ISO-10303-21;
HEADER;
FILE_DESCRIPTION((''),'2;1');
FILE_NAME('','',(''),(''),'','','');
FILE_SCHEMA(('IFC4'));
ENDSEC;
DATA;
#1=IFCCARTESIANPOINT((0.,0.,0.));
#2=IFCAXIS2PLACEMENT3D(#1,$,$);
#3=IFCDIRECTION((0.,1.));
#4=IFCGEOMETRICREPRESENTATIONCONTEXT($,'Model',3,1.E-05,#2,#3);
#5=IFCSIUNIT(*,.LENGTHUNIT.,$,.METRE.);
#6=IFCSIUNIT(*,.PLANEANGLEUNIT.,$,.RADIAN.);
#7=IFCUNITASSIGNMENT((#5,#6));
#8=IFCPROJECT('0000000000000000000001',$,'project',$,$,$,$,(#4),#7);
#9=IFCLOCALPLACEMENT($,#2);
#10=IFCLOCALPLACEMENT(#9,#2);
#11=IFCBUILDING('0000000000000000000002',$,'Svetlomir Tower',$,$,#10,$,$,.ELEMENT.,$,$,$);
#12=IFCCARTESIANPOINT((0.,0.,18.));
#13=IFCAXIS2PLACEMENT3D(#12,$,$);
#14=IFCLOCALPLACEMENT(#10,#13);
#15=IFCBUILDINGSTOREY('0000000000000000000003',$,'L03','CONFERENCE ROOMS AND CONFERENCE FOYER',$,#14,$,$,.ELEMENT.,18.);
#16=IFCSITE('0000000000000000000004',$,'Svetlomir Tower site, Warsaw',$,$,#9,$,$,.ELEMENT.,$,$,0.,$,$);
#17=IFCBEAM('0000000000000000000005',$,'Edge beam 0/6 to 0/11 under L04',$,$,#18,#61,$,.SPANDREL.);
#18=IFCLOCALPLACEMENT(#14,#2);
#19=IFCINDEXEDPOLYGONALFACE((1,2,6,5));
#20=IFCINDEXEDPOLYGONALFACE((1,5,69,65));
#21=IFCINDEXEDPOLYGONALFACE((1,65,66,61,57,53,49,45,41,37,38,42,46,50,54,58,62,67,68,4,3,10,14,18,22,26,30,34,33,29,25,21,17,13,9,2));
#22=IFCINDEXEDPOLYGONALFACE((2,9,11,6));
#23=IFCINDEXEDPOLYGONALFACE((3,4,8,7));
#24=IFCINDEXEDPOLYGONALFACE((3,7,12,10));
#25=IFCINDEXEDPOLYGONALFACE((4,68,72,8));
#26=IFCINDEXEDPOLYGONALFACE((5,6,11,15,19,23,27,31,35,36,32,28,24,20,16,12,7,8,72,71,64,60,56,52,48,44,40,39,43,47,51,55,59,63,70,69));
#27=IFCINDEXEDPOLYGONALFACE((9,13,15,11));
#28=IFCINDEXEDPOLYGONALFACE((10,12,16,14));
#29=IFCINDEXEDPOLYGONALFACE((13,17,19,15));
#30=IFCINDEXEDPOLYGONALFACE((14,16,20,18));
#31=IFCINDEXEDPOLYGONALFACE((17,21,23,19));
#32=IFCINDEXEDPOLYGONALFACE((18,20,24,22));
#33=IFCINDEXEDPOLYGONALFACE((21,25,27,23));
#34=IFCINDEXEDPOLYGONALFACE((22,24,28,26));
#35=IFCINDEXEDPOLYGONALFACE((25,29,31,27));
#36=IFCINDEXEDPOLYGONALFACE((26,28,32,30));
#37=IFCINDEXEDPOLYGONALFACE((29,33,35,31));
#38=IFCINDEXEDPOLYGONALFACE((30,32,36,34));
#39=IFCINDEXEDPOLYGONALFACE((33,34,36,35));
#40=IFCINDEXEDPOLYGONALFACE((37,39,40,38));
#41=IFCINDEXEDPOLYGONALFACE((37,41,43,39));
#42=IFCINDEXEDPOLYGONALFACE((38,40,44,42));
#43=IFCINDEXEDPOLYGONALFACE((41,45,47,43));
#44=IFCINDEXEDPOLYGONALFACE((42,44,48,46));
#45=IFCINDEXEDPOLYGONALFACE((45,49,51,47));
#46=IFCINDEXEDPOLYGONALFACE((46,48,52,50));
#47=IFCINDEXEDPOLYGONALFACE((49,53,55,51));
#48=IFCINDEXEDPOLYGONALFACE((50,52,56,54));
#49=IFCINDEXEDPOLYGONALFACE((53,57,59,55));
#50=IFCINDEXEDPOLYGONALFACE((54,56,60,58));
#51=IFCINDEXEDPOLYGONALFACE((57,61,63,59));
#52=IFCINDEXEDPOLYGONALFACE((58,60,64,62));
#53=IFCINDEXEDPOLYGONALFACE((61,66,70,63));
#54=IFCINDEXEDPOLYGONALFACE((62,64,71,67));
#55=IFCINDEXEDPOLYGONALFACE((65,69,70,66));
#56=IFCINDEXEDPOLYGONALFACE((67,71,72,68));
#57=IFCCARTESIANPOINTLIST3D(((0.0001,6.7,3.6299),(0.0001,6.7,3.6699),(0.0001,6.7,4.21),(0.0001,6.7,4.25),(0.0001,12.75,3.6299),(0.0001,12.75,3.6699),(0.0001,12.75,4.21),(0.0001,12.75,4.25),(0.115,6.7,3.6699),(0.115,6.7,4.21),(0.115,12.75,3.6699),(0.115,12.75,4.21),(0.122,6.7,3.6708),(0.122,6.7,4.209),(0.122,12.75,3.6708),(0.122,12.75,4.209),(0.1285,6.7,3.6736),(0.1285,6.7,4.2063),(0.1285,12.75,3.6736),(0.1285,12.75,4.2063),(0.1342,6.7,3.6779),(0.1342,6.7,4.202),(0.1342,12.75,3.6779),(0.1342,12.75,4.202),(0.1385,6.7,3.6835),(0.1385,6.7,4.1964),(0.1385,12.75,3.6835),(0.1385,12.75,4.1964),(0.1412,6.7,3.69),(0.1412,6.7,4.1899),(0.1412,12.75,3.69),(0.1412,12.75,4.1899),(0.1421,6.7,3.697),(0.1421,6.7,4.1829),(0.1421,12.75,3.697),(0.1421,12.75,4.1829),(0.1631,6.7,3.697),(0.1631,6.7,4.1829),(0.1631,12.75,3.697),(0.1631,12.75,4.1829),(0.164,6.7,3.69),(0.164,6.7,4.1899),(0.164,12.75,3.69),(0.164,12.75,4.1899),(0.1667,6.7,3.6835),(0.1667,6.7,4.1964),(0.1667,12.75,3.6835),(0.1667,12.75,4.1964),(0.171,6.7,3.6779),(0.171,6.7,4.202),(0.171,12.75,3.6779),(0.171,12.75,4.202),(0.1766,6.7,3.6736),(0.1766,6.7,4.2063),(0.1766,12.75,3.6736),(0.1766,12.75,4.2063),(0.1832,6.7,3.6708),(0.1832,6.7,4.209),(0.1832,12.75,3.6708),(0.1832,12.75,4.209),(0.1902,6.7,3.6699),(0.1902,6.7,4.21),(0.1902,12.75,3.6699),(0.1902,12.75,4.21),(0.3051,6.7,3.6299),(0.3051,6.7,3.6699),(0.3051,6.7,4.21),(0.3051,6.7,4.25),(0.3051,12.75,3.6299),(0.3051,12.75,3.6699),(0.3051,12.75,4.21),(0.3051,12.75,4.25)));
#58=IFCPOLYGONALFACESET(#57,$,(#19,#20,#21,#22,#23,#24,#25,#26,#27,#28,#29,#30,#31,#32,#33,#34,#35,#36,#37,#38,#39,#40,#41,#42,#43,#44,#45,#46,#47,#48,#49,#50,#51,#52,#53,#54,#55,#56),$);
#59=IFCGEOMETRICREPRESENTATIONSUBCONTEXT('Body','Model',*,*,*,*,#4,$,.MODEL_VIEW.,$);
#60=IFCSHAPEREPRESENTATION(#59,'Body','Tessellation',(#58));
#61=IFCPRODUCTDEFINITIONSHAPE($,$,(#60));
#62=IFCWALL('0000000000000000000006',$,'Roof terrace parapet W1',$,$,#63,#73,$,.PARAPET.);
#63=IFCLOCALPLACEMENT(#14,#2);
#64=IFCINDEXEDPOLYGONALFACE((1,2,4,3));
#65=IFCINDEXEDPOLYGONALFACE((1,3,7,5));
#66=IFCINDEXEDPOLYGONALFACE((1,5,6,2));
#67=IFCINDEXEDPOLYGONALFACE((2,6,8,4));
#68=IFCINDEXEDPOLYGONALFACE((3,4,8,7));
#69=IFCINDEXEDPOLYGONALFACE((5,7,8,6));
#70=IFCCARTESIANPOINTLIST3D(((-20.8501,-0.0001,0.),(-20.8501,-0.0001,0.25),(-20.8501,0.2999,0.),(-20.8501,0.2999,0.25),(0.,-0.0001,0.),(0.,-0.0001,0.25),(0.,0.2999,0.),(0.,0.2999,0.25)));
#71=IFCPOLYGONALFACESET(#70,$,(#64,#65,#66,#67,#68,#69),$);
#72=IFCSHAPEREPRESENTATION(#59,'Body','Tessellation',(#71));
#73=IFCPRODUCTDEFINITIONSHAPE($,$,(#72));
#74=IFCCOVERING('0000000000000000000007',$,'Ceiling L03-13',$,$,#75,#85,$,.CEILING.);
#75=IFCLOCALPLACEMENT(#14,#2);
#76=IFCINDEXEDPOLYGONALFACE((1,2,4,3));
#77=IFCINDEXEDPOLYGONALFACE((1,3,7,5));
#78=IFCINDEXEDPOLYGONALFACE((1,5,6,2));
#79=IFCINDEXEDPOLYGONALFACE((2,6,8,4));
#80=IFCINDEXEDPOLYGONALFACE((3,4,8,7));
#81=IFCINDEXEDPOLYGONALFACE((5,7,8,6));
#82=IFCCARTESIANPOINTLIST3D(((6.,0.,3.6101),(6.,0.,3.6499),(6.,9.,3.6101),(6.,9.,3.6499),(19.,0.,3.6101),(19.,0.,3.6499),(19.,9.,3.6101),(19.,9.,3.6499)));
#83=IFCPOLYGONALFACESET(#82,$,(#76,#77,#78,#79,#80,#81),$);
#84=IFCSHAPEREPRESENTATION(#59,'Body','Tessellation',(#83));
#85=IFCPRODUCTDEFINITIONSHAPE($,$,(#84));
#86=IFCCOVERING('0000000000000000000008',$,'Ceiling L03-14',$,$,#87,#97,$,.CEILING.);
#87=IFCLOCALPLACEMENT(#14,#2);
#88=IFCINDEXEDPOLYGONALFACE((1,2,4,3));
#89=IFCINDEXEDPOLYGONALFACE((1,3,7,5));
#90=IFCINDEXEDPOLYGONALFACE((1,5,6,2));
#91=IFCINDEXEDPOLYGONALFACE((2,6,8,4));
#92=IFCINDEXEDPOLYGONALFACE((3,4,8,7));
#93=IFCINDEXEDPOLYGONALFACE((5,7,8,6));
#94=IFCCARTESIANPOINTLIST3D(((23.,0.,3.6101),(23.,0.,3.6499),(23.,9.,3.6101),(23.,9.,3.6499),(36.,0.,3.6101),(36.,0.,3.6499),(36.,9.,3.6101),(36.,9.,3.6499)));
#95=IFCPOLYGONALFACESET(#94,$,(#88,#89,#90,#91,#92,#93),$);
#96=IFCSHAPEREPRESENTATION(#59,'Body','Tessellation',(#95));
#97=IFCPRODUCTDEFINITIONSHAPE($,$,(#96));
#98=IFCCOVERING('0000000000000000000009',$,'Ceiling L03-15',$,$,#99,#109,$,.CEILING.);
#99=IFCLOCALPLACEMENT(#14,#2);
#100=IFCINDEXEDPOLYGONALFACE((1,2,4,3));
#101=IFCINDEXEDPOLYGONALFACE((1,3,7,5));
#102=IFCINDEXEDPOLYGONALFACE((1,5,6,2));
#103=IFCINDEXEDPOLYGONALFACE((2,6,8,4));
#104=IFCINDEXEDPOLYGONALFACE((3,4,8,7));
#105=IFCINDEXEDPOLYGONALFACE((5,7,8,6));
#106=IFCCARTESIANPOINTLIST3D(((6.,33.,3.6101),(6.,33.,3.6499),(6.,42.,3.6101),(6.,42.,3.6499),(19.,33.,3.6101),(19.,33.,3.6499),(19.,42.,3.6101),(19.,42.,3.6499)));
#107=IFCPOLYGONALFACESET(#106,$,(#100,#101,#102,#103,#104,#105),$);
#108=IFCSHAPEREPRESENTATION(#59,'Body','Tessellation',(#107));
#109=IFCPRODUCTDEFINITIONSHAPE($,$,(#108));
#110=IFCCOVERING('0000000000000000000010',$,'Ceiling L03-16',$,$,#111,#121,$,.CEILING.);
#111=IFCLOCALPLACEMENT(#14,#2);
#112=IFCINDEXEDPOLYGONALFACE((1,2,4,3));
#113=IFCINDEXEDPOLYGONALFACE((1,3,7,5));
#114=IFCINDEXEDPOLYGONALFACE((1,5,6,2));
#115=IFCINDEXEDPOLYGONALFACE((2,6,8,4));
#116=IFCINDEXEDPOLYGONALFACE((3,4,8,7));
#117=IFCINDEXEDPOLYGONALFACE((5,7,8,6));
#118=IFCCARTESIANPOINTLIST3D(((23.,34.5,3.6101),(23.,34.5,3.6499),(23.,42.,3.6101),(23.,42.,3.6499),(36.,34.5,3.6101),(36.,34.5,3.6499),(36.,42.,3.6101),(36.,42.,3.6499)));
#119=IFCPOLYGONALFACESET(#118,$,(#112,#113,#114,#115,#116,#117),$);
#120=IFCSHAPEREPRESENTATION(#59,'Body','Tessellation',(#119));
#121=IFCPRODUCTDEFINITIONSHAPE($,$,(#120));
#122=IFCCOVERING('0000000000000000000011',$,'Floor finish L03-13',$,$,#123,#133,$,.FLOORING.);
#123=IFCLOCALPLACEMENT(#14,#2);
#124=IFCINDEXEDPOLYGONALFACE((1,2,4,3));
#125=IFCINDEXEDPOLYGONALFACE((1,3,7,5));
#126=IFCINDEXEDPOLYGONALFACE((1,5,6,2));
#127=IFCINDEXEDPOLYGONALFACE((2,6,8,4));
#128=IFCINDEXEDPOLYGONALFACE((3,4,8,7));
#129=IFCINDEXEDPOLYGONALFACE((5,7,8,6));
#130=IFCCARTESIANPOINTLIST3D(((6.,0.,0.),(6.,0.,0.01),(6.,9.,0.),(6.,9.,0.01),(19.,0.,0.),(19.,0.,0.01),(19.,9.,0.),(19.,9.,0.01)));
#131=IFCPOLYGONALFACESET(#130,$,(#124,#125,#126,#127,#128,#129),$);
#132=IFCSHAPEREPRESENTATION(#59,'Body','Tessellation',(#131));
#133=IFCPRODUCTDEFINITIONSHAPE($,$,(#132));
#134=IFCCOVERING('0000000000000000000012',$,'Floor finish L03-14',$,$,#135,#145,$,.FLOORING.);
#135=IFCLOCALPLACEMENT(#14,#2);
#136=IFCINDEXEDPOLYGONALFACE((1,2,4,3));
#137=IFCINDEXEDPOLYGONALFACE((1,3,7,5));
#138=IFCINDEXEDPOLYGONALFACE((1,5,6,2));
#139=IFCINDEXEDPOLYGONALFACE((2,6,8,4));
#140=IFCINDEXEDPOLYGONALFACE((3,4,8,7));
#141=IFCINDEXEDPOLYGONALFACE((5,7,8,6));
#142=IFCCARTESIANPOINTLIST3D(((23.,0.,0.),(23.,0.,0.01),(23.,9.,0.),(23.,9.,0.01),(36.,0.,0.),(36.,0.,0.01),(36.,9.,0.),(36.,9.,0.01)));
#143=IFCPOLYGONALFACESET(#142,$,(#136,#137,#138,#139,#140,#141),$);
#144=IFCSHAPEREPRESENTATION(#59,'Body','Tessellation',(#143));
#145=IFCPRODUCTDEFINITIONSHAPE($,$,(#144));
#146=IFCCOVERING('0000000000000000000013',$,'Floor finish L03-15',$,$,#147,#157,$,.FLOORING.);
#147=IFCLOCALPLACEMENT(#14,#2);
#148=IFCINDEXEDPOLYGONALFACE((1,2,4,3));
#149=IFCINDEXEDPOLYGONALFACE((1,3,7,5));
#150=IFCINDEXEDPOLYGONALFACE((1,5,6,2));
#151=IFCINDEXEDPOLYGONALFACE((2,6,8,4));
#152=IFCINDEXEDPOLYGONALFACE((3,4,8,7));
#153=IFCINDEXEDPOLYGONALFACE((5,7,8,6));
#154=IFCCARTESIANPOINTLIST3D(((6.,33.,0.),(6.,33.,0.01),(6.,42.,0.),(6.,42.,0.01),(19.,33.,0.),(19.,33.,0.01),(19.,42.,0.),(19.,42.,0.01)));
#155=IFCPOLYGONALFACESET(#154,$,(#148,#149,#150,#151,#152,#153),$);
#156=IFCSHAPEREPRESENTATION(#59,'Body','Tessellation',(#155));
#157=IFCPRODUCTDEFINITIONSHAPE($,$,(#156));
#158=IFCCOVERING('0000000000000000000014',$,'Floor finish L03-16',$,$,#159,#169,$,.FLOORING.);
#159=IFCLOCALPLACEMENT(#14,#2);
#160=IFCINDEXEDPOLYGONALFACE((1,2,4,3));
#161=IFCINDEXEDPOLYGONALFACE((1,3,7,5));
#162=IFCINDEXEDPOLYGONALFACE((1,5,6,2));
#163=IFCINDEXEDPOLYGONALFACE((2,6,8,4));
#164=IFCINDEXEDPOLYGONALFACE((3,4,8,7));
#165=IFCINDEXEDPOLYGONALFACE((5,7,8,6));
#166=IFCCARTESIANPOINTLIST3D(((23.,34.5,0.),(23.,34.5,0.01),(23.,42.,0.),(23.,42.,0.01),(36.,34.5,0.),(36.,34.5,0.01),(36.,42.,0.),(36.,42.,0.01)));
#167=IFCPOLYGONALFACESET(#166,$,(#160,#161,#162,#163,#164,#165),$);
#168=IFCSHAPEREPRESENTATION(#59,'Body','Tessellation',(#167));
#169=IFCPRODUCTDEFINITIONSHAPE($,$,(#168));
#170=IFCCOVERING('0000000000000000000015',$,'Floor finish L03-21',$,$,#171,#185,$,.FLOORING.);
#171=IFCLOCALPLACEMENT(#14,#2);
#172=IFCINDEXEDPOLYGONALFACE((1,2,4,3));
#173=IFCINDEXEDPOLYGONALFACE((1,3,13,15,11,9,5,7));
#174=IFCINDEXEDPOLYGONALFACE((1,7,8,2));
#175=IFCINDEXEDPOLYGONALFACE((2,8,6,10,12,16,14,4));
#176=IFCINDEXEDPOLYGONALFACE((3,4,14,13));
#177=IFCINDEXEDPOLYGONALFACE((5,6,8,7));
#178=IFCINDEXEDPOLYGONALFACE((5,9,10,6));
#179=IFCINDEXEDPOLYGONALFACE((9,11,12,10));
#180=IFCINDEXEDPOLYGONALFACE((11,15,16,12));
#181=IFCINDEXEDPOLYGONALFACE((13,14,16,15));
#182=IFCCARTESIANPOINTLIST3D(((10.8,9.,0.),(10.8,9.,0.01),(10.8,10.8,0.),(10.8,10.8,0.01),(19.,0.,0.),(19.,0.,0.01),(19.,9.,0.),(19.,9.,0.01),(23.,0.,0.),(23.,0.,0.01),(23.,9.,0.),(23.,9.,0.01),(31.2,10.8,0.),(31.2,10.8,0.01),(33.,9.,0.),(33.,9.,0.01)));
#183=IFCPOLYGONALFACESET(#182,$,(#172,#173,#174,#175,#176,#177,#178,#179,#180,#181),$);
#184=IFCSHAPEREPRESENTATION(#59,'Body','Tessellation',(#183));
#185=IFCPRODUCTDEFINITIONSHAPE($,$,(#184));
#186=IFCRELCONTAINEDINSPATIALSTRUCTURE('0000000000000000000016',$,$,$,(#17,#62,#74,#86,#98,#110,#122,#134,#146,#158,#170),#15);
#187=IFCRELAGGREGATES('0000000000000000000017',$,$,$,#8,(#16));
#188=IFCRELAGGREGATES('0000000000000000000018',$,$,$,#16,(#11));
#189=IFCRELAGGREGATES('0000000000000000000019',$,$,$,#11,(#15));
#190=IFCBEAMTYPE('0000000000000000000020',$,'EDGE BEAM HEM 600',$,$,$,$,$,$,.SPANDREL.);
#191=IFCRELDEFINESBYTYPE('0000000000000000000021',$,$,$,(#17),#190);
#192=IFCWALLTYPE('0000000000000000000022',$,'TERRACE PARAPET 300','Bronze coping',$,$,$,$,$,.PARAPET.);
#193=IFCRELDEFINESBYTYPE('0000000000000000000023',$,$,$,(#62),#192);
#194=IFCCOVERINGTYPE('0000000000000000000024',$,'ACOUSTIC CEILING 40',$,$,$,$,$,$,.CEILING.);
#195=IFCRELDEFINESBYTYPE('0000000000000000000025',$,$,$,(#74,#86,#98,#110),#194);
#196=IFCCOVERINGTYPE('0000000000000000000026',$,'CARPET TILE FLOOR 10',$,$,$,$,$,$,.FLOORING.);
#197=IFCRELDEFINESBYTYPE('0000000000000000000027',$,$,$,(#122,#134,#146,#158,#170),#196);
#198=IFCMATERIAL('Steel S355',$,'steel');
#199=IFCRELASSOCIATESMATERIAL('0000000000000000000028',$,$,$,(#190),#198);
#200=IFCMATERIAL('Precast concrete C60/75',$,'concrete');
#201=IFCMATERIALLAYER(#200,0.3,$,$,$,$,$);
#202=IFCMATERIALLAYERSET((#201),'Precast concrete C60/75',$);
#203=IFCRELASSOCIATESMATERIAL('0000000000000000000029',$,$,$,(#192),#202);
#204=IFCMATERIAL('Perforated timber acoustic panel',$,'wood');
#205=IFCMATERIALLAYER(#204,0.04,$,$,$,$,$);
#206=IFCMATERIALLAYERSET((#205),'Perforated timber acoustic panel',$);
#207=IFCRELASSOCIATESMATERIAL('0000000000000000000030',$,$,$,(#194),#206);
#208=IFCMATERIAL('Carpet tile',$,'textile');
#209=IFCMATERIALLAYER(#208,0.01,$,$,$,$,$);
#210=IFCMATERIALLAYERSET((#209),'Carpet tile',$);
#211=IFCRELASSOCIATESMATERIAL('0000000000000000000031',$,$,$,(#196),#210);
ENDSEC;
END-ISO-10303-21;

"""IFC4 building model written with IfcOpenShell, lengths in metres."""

from ifc_helpers import new_model, si_unit, direction, frame, frame_2d, origin, origin_2d, place, context, subcontext, project, spatial, polyline, rectangle, i_section, outline, extrude, material, layer, layer_set, material_profile, profile_set, type_object, element, save


model = new_model("IFC4")

# Units and contexts
model_context = context("Model", 3, precision=1e-05, world=origin(), true_north=direction((0.0, 1.0)))
body_context = subcontext(model_context, "Body", "Model", "MODEL_VIEW")
ifc_project = project(units=[si_unit("LENGTHUNIT", "METRE"), si_unit("PLANEANGLEUNIT", "RADIAN")], contexts=[model_context])

# Site, building, storey
site_placement = place(None, origin())
site = spatial("IfcSite", under=ifc_project, at=site_placement, Name="Svetlomir Tower site, Warsaw", CompositionType="ELEMENT", RefElevation=0.0)
building_placement = place(site_placement, origin())
building = spatial("IfcBuilding", under=site, at=building_placement, Name="Svetlomir Tower", CompositionType="ELEMENT")
storey_placement = place(building_placement, frame((0.0, 0.0, 18.0)))
storey = spatial("IfcBuildingStorey", under=building, at=storey_placement, Name="L03", Description="CONFERENCE ROOMS AND CONFERENCE FOYER", CompositionType="ELEMENT", Elevation=18.0)

# Beam
ifc_material_1 = material(Name="Steel S355", Category="steel")
ifc_material_profile = material_profile(ifc_material_1, i_section(OverallWidth=0.3049, OverallDepth=0.6201, WebThickness=0.021, FlangeThickness=0.04, FilletRadius=0.0271, at=origin_2d()), Name="HEM 600")
ifc_profile_set = profile_set([ifc_material_profile], Name="Steel S355")
beam_type = type_object("IfcBeamType", Name="EDGE BEAM HEM 600", PredefinedType="SPANDREL", material=ifc_profile_set)
beam_placement = place(storey_placement, frame((0.1526, 6.7, 3.9399), z_axis=(0.0, 1.0, 0.0), x_axis=(-1.0, 0.0, 0.0)))
element("IfcBeam", 1, at=beam_placement, inside=storey, type_object=beam_type, Name="Edge beam 0/6 to 0/11 under L04", PredefinedType="SPANDREL", context=body_context, shape_type="SweptSolid", body=[
    extrude(i_section(OverallWidth=0.3049, OverallDepth=0.6201, WebThickness=0.021, FlangeThickness=0.04, FilletRadius=0.0271, at=origin_2d()), origin(), (0.0, 0.0, 1.0), 6.05),
])

# Wall
ifc_material_2 = material(Name="Precast concrete C60/75", Category="concrete")
ifc_layer_1 = layer(ifc_material_2, 0.3)
ifc_layer_set_1 = layer_set([ifc_layer_1], Name="Precast concrete C60/75")
wall_type = type_object("IfcWallType", Name="TERRACE PARAPET 300", Description="Bronze coping", PredefinedType="PARAPET", material=ifc_layer_set_1)
wall_placement = place(storey_placement, frame((0.0, 0.1499, 0.0), z_axis=(0.0, 0.0, 1.0), x_axis=(-1.0, 0.0, 0.0)))
element("IfcWall", 2, at=wall_placement, inside=storey, type_object=wall_type, Name="Roof terrace parapet W1", PredefinedType="PARAPET", context=body_context, shape_type="SweptSolid", body=[
    extrude(rectangle(XDim=20.8501, YDim=0.3, at=frame_2d((10.425, 0.0))), origin(), (0.0, 0.0, 1.0), 0.25),
])

# Coverings
ifc_material_3 = material(Name="Perforated timber acoustic panel", Category="wood")
ifc_layer_2 = layer(ifc_material_3, 0.04)
ifc_layer_set_2 = layer_set([ifc_layer_2], Name="Perforated timber acoustic panel")
covering_type_1 = type_object("IfcCoveringType", Name="ACOUSTIC CEILING 40", PredefinedType="CEILING", material=ifc_layer_set_2)
covering_1_placement = place(storey_placement, frame((0.0, 0.0, 3.6101)))
element("IfcCovering", 3, at=covering_1_placement, inside=storey, type_object=covering_type_1, Name="Ceiling L03-13", PredefinedType="CEILING", context=body_context, shape_type="SweptSolid", body=[
    extrude(outline(polyline([(6.0, 0.0), (19.0, 0.0), (19.0, 9.0), (6.0, 9.0), (6.0, 0.0)])), origin(), (0.0, 0.0, 1.0), 0.0398),
])
covering_2_placement = place(storey_placement, frame((0.0, 0.0, 3.6101)))
element("IfcCovering", 4, at=covering_2_placement, inside=storey, type_object=covering_type_1, Name="Ceiling L03-14", PredefinedType="CEILING", context=body_context, shape_type="SweptSolid", body=[
    extrude(outline(polyline([(23.0, 0.0), (36.0, 0.0), (36.0, 9.0), (23.0, 9.0), (23.0, 0.0)])), origin(), (0.0, 0.0, 1.0), 0.0398),
])
covering_3_placement = place(storey_placement, frame((0.0, 0.0, 3.6101)))
element("IfcCovering", 5, at=covering_3_placement, inside=storey, type_object=covering_type_1, Name="Ceiling L03-15", PredefinedType="CEILING", context=body_context, shape_type="SweptSolid", body=[
    extrude(outline(polyline([(6.0, 33.0), (19.0, 33.0), (19.0, 42.0), (6.0, 42.0), (6.0, 33.0)])), origin(), (0.0, 0.0, 1.0), 0.0398),
])
covering_4_placement = place(storey_placement, frame((0.0, 0.0, 3.6101)))
element("IfcCovering", 6, at=covering_4_placement, inside=storey, type_object=covering_type_1, Name="Ceiling L03-16", PredefinedType="CEILING", context=body_context, shape_type="SweptSolid", body=[
    extrude(outline(polyline([(23.0, 34.5), (36.0, 34.5), (36.0, 42.0), (23.0, 42.0), (23.0, 34.5)])), origin(), (0.0, 0.0, 1.0), 0.0398),
])
ifc_material_4 = material(Name="Carpet tile", Category="textile")
ifc_layer_3 = layer(ifc_material_4, 0.01)
ifc_layer_set_3 = layer_set([ifc_layer_3], Name="Carpet tile")
covering_type_2 = type_object("IfcCoveringType", Name="CARPET TILE FLOOR 10", PredefinedType="FLOORING", material=ifc_layer_set_3)
covering_5_placement = place(storey_placement, origin())
element("IfcCovering", 7, at=covering_5_placement, inside=storey, type_object=covering_type_2, Name="Floor finish L03-13", PredefinedType="FLOORING", context=body_context, shape_type="SweptSolid", body=[
    extrude(outline(polyline([(6.0, 0.0), (19.0, 0.0), (19.0, 9.0), (6.0, 9.0), (6.0, 0.0)])), origin(), (0.0, 0.0, 1.0), 0.01),
])
covering_6_placement = place(storey_placement, origin())
element("IfcCovering", 8, at=covering_6_placement, inside=storey, type_object=covering_type_2, Name="Floor finish L03-14", PredefinedType="FLOORING", context=body_context, shape_type="SweptSolid", body=[
    extrude(outline(polyline([(23.0, 0.0), (36.0, 0.0), (36.0, 9.0), (23.0, 9.0), (23.0, 0.0)])), origin(), (0.0, 0.0, 1.0), 0.01),
])
covering_7_placement = place(storey_placement, origin())
element("IfcCovering", 9, at=covering_7_placement, inside=storey, type_object=covering_type_2, Name="Floor finish L03-15", PredefinedType="FLOORING", context=body_context, shape_type="SweptSolid", body=[
    extrude(outline(polyline([(6.0, 33.0), (19.0, 33.0), (19.0, 42.0), (6.0, 42.0), (6.0, 33.0)])), origin(), (0.0, 0.0, 1.0), 0.01),
])
covering_8_placement = place(storey_placement, origin())
element("IfcCovering", 10, at=covering_8_placement, inside=storey, type_object=covering_type_2, Name="Floor finish L03-16", PredefinedType="FLOORING", context=body_context, shape_type="SweptSolid", body=[
    extrude(outline(polyline([(23.0, 34.5), (36.0, 34.5), (36.0, 42.0), (23.0, 42.0), (23.0, 34.5)])), origin(), (0.0, 0.0, 1.0), 0.01),
])
covering_9_placement = place(storey_placement, origin())
element("IfcCovering", 11, at=covering_9_placement, inside=storey, type_object=covering_type_2, Name="Floor finish L03-21", PredefinedType="FLOORING", context=body_context, shape_type="SweptSolid", body=[
    extrude(outline(polyline([(19.0, 9.0), (10.8, 9.0), (10.8, 10.8), (31.2, 10.8), (33.0, 9.0), (23.0, 9.0), (23.0, 0.0), (19.0, 0.0), (19.0, 9.0)])), origin(), (0.0, 0.0, 1.0), 0.01),
])

save(model, "model.ifc")
